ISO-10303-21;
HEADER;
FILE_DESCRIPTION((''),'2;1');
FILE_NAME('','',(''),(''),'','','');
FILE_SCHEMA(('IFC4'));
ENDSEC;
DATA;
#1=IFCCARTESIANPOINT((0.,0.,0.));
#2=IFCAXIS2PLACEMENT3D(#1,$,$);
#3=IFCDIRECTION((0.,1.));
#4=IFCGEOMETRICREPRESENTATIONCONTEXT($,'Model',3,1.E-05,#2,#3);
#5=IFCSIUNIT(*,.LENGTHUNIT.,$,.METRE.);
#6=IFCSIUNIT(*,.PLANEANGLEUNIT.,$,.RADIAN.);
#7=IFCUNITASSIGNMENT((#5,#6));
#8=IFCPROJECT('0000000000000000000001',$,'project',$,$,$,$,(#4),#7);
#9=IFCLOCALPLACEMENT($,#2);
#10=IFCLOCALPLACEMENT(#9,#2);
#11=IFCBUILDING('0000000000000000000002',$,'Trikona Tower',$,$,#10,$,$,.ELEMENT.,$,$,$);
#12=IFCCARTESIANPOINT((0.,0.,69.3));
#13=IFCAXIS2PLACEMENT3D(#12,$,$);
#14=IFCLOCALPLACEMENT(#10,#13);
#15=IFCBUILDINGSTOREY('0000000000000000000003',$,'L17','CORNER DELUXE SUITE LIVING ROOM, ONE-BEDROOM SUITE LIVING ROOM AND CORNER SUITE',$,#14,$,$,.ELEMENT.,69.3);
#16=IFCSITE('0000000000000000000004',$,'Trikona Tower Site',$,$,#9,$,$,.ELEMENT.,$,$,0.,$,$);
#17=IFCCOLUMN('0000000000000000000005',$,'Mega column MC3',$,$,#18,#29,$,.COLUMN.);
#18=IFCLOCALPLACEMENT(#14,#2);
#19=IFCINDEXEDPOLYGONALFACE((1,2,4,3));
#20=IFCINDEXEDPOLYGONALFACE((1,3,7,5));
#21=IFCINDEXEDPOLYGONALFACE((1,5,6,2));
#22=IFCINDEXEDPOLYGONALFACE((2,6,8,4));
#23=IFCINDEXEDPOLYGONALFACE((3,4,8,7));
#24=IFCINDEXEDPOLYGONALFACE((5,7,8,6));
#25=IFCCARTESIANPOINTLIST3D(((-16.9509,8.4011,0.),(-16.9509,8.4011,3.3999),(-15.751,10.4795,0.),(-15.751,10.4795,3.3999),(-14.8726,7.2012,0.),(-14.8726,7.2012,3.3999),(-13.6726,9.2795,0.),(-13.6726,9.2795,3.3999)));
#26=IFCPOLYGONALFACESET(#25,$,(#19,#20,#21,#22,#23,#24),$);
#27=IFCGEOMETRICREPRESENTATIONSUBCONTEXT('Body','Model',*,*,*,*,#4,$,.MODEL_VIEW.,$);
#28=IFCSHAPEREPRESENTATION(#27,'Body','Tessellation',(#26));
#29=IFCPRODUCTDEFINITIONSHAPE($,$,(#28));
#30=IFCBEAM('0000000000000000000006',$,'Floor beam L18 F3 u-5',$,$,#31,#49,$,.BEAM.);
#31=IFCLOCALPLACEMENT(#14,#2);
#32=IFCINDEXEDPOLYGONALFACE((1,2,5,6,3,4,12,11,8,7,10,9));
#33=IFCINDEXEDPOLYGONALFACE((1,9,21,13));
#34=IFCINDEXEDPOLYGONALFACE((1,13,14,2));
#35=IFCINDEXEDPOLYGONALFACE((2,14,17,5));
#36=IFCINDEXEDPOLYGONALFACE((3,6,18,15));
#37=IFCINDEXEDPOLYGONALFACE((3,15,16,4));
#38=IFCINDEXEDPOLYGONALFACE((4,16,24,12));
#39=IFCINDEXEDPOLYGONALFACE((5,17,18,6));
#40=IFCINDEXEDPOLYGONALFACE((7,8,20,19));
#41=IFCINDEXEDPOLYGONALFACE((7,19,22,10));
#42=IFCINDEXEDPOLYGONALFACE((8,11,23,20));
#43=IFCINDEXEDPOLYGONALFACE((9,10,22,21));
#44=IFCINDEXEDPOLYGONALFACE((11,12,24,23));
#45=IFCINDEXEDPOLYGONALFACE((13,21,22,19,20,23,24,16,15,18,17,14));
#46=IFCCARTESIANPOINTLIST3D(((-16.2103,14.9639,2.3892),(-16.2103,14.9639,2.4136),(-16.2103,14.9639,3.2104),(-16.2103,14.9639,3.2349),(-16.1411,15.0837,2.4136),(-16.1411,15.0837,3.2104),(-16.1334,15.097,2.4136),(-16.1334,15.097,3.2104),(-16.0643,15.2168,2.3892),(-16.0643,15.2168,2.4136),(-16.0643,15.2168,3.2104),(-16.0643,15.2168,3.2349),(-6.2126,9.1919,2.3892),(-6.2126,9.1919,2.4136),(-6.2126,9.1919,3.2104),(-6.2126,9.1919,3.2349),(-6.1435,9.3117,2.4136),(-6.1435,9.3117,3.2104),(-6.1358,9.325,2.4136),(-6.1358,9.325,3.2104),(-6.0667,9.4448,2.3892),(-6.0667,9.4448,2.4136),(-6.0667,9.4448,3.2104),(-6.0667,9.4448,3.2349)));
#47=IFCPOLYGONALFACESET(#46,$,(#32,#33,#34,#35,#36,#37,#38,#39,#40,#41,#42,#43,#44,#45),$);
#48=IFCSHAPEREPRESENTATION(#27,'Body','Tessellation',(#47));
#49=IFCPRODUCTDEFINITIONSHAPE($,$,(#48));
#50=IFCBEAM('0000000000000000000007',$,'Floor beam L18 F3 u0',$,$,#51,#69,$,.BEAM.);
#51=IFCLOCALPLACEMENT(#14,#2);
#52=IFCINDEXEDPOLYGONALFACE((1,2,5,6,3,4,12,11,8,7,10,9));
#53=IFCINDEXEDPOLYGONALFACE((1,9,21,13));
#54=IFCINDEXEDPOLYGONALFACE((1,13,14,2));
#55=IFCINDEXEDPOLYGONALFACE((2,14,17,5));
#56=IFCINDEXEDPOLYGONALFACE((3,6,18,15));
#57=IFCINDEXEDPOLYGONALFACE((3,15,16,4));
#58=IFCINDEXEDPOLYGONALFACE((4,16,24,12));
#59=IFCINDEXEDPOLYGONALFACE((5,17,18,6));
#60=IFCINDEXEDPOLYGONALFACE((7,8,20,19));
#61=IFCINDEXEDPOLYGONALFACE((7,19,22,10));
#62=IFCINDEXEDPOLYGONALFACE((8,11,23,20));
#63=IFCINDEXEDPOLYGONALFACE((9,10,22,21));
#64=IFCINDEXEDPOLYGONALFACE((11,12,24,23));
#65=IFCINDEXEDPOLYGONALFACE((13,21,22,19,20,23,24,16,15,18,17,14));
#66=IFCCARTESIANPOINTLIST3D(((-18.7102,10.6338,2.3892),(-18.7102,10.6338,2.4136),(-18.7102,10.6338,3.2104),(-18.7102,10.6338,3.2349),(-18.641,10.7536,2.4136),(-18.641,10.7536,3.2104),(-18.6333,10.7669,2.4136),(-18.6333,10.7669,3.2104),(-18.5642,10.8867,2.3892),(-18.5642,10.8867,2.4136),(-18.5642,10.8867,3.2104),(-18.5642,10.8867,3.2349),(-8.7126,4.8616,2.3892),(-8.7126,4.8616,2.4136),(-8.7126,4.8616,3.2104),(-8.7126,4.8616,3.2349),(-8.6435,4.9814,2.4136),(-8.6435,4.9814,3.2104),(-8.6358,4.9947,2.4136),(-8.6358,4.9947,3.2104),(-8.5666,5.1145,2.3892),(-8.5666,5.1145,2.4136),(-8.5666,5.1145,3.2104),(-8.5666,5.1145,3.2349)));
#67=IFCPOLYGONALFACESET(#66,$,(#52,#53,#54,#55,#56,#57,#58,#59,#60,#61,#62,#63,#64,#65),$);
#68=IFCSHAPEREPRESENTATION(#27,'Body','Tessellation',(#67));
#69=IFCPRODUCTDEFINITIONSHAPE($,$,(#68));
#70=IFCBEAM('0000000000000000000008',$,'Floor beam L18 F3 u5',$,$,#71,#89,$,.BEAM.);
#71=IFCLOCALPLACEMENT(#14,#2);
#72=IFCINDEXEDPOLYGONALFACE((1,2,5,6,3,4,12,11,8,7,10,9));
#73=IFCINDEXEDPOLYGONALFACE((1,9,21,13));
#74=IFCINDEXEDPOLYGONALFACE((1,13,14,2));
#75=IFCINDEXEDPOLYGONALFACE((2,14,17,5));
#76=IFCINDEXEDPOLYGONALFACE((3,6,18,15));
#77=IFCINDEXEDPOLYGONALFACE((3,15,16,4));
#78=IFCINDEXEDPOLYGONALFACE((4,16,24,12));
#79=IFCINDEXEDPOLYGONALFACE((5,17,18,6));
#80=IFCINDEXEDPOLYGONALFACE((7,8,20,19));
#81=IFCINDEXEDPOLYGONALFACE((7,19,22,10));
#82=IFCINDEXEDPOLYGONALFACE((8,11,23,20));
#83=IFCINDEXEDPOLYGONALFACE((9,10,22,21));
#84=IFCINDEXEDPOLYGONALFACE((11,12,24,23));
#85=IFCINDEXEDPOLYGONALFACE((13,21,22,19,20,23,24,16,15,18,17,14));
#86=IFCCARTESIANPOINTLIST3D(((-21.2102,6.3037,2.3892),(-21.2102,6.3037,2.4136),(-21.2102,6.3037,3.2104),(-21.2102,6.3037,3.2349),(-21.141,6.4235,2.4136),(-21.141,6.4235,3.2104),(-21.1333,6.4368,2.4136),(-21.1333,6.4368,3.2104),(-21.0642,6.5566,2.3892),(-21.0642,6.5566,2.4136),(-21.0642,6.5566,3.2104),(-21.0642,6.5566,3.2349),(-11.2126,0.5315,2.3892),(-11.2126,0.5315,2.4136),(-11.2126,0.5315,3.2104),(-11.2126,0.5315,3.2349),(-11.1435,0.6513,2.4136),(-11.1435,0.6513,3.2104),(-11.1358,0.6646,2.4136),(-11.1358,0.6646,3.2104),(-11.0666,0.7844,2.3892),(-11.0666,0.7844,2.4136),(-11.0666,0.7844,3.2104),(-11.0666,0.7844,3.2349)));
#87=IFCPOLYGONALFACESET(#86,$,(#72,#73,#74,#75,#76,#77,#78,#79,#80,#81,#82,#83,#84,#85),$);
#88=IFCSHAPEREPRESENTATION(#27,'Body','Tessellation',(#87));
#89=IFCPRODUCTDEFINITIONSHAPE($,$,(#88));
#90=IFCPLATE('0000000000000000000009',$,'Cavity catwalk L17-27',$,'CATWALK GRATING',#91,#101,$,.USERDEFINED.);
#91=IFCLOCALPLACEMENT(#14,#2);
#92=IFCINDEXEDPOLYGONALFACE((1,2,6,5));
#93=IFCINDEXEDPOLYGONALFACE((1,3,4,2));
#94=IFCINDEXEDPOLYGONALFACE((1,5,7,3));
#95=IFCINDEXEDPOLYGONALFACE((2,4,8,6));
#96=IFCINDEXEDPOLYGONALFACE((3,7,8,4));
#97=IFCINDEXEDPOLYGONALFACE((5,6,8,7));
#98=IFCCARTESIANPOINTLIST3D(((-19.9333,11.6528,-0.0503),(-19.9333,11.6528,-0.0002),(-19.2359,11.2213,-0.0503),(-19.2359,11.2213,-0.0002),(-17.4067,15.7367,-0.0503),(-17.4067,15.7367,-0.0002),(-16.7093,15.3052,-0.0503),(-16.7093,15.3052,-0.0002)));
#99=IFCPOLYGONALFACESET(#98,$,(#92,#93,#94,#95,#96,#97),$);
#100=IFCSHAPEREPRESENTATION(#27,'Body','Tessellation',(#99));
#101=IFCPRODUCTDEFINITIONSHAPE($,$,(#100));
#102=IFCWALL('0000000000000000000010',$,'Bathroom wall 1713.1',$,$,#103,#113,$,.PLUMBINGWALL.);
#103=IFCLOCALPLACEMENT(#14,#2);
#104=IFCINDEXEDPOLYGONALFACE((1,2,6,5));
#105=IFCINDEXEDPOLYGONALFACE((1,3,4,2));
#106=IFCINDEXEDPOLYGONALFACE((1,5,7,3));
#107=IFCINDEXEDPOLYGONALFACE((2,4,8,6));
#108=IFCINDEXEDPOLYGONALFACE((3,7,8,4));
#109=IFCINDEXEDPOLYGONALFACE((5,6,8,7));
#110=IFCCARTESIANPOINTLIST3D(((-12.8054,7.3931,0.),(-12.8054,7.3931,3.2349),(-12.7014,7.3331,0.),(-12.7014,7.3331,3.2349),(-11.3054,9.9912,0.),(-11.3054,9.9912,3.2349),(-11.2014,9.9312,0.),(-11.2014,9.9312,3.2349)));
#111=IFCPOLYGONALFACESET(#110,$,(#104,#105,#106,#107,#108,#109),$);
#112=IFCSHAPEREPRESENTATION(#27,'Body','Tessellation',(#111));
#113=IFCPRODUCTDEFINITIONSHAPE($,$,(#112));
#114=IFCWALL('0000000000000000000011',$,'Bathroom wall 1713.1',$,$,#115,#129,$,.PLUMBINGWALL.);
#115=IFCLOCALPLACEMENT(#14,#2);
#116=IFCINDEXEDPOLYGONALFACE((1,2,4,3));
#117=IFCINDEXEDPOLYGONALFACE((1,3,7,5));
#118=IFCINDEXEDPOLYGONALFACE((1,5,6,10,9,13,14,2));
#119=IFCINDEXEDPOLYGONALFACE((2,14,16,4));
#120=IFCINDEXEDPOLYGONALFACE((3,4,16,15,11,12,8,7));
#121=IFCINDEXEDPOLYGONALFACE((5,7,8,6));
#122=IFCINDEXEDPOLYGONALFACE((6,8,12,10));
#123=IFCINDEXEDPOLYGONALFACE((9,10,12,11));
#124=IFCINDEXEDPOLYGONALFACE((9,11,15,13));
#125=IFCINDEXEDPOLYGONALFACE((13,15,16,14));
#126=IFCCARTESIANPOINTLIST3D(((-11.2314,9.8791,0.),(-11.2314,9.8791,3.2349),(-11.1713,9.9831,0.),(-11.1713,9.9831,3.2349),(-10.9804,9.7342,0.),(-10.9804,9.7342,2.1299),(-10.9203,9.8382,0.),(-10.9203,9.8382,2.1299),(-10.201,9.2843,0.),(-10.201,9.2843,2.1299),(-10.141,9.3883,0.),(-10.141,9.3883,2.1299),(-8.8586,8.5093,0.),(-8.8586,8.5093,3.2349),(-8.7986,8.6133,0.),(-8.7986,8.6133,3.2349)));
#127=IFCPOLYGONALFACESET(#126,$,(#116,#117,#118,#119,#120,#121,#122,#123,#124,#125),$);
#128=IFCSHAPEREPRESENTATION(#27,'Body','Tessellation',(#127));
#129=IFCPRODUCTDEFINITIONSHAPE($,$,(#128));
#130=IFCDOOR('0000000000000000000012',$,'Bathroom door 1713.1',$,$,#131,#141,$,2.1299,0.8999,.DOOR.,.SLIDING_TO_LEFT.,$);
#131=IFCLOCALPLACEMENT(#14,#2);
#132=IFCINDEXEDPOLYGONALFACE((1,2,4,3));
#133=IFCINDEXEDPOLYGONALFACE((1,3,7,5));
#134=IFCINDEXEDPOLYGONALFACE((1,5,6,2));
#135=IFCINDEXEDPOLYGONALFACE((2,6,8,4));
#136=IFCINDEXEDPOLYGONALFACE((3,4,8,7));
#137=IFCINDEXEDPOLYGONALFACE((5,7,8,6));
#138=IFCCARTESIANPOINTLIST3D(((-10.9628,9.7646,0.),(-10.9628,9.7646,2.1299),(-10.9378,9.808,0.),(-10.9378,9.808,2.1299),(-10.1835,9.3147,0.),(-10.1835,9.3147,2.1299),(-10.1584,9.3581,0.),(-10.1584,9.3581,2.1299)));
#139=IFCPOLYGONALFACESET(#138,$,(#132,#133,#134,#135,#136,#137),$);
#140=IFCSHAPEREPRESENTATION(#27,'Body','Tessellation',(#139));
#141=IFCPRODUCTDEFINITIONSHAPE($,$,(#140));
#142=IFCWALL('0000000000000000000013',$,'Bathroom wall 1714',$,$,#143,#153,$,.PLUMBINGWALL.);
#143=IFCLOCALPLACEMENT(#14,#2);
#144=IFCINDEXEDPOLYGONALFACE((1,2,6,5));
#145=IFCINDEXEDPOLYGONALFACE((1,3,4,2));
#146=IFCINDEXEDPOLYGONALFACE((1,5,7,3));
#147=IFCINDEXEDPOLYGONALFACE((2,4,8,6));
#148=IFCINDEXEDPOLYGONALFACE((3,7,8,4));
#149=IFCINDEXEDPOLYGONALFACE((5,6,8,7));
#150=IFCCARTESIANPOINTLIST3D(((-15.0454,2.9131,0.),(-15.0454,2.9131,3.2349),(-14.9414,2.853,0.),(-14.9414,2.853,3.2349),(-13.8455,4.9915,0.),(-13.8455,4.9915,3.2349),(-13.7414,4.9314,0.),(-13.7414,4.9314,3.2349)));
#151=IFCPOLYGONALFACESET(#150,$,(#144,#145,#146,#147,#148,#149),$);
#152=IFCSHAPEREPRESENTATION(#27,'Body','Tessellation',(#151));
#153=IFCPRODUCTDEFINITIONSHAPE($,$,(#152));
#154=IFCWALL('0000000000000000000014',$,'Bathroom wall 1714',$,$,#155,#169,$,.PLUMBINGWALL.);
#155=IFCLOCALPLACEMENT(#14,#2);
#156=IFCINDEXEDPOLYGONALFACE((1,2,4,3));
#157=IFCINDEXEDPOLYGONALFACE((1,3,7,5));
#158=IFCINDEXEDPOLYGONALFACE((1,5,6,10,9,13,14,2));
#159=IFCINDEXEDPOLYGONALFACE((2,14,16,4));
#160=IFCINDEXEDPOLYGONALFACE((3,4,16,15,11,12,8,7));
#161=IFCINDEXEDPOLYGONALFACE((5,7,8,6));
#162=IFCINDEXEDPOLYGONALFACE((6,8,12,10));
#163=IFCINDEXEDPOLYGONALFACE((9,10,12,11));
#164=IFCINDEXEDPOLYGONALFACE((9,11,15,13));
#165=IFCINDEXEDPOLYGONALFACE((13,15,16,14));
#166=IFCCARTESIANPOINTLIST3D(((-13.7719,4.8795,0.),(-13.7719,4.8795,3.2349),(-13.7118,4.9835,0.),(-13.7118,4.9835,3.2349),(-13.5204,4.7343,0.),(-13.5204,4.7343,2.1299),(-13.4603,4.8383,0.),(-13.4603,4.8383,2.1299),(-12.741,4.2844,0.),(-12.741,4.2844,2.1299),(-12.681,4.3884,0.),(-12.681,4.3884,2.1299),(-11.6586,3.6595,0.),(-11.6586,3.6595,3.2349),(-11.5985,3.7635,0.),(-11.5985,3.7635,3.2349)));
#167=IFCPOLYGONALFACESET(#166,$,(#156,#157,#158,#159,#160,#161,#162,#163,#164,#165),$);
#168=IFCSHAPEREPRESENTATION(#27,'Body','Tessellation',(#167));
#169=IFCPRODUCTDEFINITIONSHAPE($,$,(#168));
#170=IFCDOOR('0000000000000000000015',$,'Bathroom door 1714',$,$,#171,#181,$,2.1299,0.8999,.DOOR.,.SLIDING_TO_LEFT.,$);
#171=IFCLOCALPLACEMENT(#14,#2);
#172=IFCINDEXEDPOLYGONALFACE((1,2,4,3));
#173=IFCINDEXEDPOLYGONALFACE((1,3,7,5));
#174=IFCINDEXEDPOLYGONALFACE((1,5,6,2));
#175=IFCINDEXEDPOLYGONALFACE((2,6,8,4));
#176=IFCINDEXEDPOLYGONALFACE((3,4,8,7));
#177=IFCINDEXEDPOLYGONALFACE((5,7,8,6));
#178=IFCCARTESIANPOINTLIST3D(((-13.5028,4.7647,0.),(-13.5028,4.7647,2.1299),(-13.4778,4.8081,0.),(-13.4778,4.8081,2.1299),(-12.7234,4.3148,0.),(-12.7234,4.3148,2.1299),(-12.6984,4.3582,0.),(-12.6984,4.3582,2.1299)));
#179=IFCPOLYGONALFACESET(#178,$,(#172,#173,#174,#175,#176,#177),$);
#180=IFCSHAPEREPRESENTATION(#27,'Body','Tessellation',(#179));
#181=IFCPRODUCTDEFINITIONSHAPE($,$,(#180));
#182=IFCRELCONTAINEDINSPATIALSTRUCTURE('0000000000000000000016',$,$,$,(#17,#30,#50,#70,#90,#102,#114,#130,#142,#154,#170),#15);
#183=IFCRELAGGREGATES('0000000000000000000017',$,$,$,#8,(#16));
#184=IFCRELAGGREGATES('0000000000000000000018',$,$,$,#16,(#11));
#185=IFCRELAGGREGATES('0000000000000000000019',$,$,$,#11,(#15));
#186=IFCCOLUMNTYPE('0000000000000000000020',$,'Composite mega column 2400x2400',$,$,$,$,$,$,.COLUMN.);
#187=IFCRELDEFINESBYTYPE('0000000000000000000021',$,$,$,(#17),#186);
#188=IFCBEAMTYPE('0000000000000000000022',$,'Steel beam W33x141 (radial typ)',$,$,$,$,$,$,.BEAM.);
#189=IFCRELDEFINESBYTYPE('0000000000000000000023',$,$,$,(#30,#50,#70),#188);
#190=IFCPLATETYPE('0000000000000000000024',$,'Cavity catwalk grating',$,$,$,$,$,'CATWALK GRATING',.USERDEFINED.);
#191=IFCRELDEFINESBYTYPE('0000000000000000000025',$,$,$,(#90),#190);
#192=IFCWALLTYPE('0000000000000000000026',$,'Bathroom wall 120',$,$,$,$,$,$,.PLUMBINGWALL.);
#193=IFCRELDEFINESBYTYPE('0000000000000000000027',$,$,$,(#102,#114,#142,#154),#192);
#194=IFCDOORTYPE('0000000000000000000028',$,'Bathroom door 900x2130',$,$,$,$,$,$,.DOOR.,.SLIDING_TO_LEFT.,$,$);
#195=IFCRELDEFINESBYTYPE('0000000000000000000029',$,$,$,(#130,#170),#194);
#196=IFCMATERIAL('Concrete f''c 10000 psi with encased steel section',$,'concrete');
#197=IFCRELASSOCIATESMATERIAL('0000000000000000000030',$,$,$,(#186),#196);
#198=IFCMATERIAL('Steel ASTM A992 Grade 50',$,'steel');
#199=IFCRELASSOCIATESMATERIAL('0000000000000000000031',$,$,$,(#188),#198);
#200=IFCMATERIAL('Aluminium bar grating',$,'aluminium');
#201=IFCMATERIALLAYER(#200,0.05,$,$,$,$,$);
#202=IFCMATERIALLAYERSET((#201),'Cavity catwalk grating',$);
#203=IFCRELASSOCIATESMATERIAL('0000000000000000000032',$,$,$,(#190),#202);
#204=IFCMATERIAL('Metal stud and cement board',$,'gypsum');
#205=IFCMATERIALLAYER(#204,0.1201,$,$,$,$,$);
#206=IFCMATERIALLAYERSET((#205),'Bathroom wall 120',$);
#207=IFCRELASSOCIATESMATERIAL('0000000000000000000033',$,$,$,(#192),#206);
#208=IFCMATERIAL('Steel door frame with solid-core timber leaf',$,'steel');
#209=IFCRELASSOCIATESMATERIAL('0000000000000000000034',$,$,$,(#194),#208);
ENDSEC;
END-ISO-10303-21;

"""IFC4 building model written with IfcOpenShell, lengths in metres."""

from ifc_helpers import new_model, si_unit, direction, frame, frame_2d, origin, origin_2d, place, context, subcontext, project, spatial, rectangle, i_section, extrude, material, layer, layer_set, material_profile, profile_set, type_object, element, fill, save


model = new_model("IFC4")

# Units and contexts
model_context = context("Model", 3, precision=1e-05, world=origin(), true_north=direction((0.0, 1.0)))
body_context = subcontext(model_context, "Body", "Model", "MODEL_VIEW")
ifc_project = project(units=[si_unit("LENGTHUNIT", "METRE"), si_unit("PLANEANGLEUNIT", "RADIAN")], contexts=[model_context])

# Site, building, storey
site_placement = place(None, origin())
site = spatial("IfcSite", under=ifc_project, at=site_placement, Name="Trikona Tower Site", CompositionType="ELEMENT", RefElevation=0.0)
building_placement = place(site_placement, origin())
building = spatial("IfcBuilding", under=site, at=building_placement, Name="Trikona Tower", CompositionType="ELEMENT")
storey_placement = place(building_placement, frame((0.0, 0.0, 69.3)))
storey = spatial("IfcBuildingStorey", under=building, at=storey_placement, Name="L17", Description="CORNER DELUXE SUITE LIVING ROOM, ONE-BEDROOM SUITE LIVING ROOM AND CORNER SUITE", CompositionType="ELEMENT", Elevation=69.3)

# Column
ifc_material_1 = material(Name="Concrete f'c 10000 psi with encased steel section", Category="concrete")
ifc_material_profile_1 = material_profile(ifc_material_1, rectangle(XDim=2.3999, YDim=2.3999, at=origin_2d()), Name="MC2400")
ifc_profile_set_1 = profile_set([ifc_material_profile_1], Name="Concrete f'c 10000 psi with encased steel section")
column_type = type_object("IfcColumnType", Name="Composite mega column 2400x2400", PredefinedType="COLUMN", material=ifc_profile_set_1)
column_placement = place(storey_placement, frame((-15.3118, 8.8403, 0.0), z_axis=(0.0, 0.0, 1.0), x_axis=(-0.866025, 0.5, 0.0)))
element("IfcColumn", 1, at=column_placement, inside=storey, type_object=column_type, Name="Mega column MC3", PredefinedType="COLUMN", context=body_context, shape_type="SweptSolid", body=[
    extrude(rectangle(XDim=2.3999, YDim=2.3999, at=origin_2d()), origin(), (0.0, 0.0, 1.0), 3.3999),
])

# Beams
ifc_material_2 = material(Name="Steel ASTM A992 Grade 50", Category="steel")
ifc_material_profile_2 = material_profile(ifc_material_2, i_section(OverallWidth=0.292, OverallDepth=0.8457, WebThickness=0.0154, FlangeThickness=0.0244, at=origin_2d()), Name="W33X141")
ifc_profile_set_2 = profile_set([ifc_material_profile_2], Name="Steel ASTM A992 Grade 50")
beam_type = type_object("IfcBeamType", Name="Steel beam W33x141 (radial typ)", PredefinedType="BEAM", material=ifc_profile_set_2)
for number, where, z_axis, x_axis, name in (
    (2, (-6.1396, 9.3184, 2.812), (-0.86603, 0.499992, 0.0), (-0.499992, -0.86603, 0.0), "Floor beam L18 F3 u-5"),
    (3, (-8.6396, 4.988, 2.812), (-0.866021, 0.500008, 0.0), (-0.500008, -0.866021, 0.0), "Floor beam L18 F3 u0"),
    (4, (-11.1396, 0.658, 2.812), (-0.866021, 0.500008, 0.0), (-0.500008, -0.866021, 0.0), "Floor beam L18 F3 u5"),
):
    element("IfcBeam", number, at=place(storey_placement, frame(where, z_axis=z_axis, x_axis=x_axis)), inside=storey, type_object=beam_type, Name=name, PredefinedType="BEAM", context=body_context, shape_type="SweptSolid", body=[
        extrude(i_section(OverallWidth=0.292, OverallDepth=0.8457, WebThickness=0.0154, FlangeThickness=0.0244, at=origin_2d()), origin(), (0.0, 0.0, 1.0), 11.5442),
    ])

# Plate
ifc_material_3 = material(Name="Aluminium bar grating", Category="aluminium")
ifc_layer_1 = layer(ifc_material_3, 0.05)
ifc_layer_set_1 = layer_set([ifc_layer_1], Name="Cavity catwalk grating")
plate_type = type_object("IfcPlateType", Name="Cavity catwalk grating", ElementType="CATWALK GRATING", PredefinedType="USERDEFINED", material=ifc_layer_set_1)
plate_placement = place(storey_placement, frame((-18.3213, 13.479, -0.0503), z_axis=(0.0, 0.0, 1.0), x_axis=(-0.526119, -0.850411, 0.0)))
element("IfcPlate", 5, at=plate_placement, inside=storey, type_object=plate_type, Name="Cavity catwalk L17-27", ObjectType="CATWALK GRATING", PredefinedType="USERDEFINED", context=body_context, shape_type="SweptSolid", body=[
    extrude(rectangle(XDim=4.8022, YDim=0.8201, at=origin_2d()), origin(), (0.0, 0.0, 1.0), 0.05),
])

# Wall
ifc_material_4 = material(Name="Metal stud and cement board", Category="gypsum")
ifc_layer_2 = layer(ifc_material_4, 0.1201)
ifc_layer_set_2 = layer_set([ifc_layer_2], Name="Bathroom wall 120")
wall_type_1 = type_object("IfcWallType", Name="Bathroom wall 120", PredefinedType="PLUMBINGWALL", material=ifc_layer_set_2)
wall_1_placement = place(storey_placement, frame((-11.2534, 9.9612, 0.0), z_axis=(0.0, 0.0, 1.0), x_axis=(-0.49999, -0.866031, 0.0)))
element("IfcWall", 6, at=wall_1_placement, inside=storey, type_object=wall_type_1, Name="Bathroom wall 1713.1", PredefinedType="PLUMBINGWALL", context=body_context, shape_type="SweptSolid", body=[
    extrude(rectangle(XDim=3.0, YDim=0.1201, at=frame_2d((1.5, 0.0))), origin(), (0.0, 0.0, 1.0), 3.2349),
])

# Wall, opening, door
wall_2_placement = place(storey_placement, frame((-8.8286, 8.5613, 0.0), z_axis=(0.0, 0.0, 1.0), x_axis=(-0.866036, 0.499982, 0.0)))
wall_2 = element("IfcWall", 7, at=wall_2_placement, inside=storey, type_object=wall_type_1, Name="Bathroom wall 1713.1", PredefinedType="PLUMBINGWALL", context=body_context, shape_type="SweptSolid", body=[
    extrude(rectangle(XDim=2.7397, YDim=0.1201, at=frame_2d((1.3699, 0.0))), origin(), (0.0, 0.0, 1.0), 3.2349),
])
opening_1_placement = place(wall_2_placement, frame((1.55, 0.0, 0.0)))
opening_1 = element("IfcOpeningElement", 8, at=opening_1_placement, cuts=wall_2, PredefinedType="OPENING", context=body_context, shape_type="SweptSolid", body=[
    extrude(rectangle(XDim=0.8999, YDim=2.1299, at=frame_2d((0.45, 1.0649))), frame((0.0, 0.0701, 0.0), z_axis=(0.0, -1.0, 0.0), x_axis=(1.0, 0.0, 0.0)), (0.0, 0.0, 1.0), 0.1401),
])
ifc_material_5 = material(Name="Steel door frame with solid-core timber leaf", Category="steel")
door_type_1 = type_object("IfcDoorType", Name="Bathroom door 900x2130", OperationType="SLIDING_TO_LEFT", PredefinedType="DOOR", material=ifc_material_5)
door_1_placement = place(opening_1_placement, origin())
door_1 = element("IfcDoor", 9, at=door_1_placement, inside=storey, type_object=door_type_1, Name="Bathroom door 1713.1", OperationType="SLIDING_TO_LEFT", OverallHeight=2.1299, OverallWidth=0.8999, PredefinedType="DOOR", context=body_context, shape_type="SweptSolid", body=[
    extrude(rectangle(XDim=0.8999, YDim=2.1299, at=frame_2d((0.45, 1.0649))), frame((0.0, 0.0249, 0.0), z_axis=(0.0, -1.0, 0.0), x_axis=(1.0, 0.0, 0.0)), (0.0, 0.0, 1.0), 0.05),
])
fill(opening_1, door_1)

# Wall
wall_3_placement = place(storey_placement, frame((-13.7935, 4.9614, 0.0), z_axis=(0.0, 0.0, 1.0), x_axis=(-0.500001, -0.866025, 0.0)))
element("IfcWall", 10, at=wall_3_placement, inside=storey, type_object=wall_type_1, Name="Bathroom wall 1714", PredefinedType="PLUMBINGWALL", context=body_context, shape_type="SweptSolid", body=[
    extrude(rectangle(XDim=2.3999, YDim=0.1201, at=frame_2d((1.2, 0.0))), origin(), (0.0, 0.0, 1.0), 3.2349),
])

# Wall, opening, door
wall_4_placement = place(storey_placement, frame((-11.6284, 3.7114, 0.0), z_axis=(0.0, 0.0, 1.0), x_axis=(-0.866049, 0.499959, 0.0)))
wall_4 = element("IfcWall", 11, at=wall_4_placement, inside=storey, type_object=wall_type_1, Name="Bathroom wall 1714", PredefinedType="PLUMBINGWALL", context=body_context, shape_type="SweptSolid", body=[
    extrude(rectangle(XDim=2.4402, YDim=0.1201, at=frame_2d((1.2202, 0.0))), origin(), (0.0, 0.0, 1.0), 3.2349),
])
opening_2_placement = place(wall_4_placement, frame((1.25, 0.0, 0.0)))
opening_2 = element("IfcOpeningElement", 12, at=opening_2_placement, cuts=wall_4, PredefinedType="OPENING", context=body_context, shape_type="SweptSolid", body=[
    extrude(rectangle(XDim=0.8999, YDim=2.1299, at=frame_2d((0.45, 1.0649))), frame((0.0, 0.0701, 0.0), z_axis=(0.0, -1.0, 0.0), x_axis=(1.0, 0.0, 0.0)), (0.0, 0.0, 1.0), 0.1401),
])
door_2_placement = place(opening_2_placement, origin())
door_2 = element("IfcDoor", 13, at=door_2_placement, inside=storey, type_object=door_type_1, Name="Bathroom door 1714", OperationType="SLIDING_TO_LEFT", OverallHeight=2.1299, OverallWidth=0.8999, PredefinedType="DOOR", context=body_context, shape_type="SweptSolid", body=[
    extrude(rectangle(XDim=0.8999, YDim=2.1299, at=frame_2d((0.45, 1.0649))), frame((0.0, 0.0249, 0.0), z_axis=(0.0, -1.0, 0.0), x_axis=(1.0, 0.0, 0.0)), (0.0, 0.0, 1.0), 0.05),
])
fill(opening_2, door_2)

save(model, "model.ifc")
